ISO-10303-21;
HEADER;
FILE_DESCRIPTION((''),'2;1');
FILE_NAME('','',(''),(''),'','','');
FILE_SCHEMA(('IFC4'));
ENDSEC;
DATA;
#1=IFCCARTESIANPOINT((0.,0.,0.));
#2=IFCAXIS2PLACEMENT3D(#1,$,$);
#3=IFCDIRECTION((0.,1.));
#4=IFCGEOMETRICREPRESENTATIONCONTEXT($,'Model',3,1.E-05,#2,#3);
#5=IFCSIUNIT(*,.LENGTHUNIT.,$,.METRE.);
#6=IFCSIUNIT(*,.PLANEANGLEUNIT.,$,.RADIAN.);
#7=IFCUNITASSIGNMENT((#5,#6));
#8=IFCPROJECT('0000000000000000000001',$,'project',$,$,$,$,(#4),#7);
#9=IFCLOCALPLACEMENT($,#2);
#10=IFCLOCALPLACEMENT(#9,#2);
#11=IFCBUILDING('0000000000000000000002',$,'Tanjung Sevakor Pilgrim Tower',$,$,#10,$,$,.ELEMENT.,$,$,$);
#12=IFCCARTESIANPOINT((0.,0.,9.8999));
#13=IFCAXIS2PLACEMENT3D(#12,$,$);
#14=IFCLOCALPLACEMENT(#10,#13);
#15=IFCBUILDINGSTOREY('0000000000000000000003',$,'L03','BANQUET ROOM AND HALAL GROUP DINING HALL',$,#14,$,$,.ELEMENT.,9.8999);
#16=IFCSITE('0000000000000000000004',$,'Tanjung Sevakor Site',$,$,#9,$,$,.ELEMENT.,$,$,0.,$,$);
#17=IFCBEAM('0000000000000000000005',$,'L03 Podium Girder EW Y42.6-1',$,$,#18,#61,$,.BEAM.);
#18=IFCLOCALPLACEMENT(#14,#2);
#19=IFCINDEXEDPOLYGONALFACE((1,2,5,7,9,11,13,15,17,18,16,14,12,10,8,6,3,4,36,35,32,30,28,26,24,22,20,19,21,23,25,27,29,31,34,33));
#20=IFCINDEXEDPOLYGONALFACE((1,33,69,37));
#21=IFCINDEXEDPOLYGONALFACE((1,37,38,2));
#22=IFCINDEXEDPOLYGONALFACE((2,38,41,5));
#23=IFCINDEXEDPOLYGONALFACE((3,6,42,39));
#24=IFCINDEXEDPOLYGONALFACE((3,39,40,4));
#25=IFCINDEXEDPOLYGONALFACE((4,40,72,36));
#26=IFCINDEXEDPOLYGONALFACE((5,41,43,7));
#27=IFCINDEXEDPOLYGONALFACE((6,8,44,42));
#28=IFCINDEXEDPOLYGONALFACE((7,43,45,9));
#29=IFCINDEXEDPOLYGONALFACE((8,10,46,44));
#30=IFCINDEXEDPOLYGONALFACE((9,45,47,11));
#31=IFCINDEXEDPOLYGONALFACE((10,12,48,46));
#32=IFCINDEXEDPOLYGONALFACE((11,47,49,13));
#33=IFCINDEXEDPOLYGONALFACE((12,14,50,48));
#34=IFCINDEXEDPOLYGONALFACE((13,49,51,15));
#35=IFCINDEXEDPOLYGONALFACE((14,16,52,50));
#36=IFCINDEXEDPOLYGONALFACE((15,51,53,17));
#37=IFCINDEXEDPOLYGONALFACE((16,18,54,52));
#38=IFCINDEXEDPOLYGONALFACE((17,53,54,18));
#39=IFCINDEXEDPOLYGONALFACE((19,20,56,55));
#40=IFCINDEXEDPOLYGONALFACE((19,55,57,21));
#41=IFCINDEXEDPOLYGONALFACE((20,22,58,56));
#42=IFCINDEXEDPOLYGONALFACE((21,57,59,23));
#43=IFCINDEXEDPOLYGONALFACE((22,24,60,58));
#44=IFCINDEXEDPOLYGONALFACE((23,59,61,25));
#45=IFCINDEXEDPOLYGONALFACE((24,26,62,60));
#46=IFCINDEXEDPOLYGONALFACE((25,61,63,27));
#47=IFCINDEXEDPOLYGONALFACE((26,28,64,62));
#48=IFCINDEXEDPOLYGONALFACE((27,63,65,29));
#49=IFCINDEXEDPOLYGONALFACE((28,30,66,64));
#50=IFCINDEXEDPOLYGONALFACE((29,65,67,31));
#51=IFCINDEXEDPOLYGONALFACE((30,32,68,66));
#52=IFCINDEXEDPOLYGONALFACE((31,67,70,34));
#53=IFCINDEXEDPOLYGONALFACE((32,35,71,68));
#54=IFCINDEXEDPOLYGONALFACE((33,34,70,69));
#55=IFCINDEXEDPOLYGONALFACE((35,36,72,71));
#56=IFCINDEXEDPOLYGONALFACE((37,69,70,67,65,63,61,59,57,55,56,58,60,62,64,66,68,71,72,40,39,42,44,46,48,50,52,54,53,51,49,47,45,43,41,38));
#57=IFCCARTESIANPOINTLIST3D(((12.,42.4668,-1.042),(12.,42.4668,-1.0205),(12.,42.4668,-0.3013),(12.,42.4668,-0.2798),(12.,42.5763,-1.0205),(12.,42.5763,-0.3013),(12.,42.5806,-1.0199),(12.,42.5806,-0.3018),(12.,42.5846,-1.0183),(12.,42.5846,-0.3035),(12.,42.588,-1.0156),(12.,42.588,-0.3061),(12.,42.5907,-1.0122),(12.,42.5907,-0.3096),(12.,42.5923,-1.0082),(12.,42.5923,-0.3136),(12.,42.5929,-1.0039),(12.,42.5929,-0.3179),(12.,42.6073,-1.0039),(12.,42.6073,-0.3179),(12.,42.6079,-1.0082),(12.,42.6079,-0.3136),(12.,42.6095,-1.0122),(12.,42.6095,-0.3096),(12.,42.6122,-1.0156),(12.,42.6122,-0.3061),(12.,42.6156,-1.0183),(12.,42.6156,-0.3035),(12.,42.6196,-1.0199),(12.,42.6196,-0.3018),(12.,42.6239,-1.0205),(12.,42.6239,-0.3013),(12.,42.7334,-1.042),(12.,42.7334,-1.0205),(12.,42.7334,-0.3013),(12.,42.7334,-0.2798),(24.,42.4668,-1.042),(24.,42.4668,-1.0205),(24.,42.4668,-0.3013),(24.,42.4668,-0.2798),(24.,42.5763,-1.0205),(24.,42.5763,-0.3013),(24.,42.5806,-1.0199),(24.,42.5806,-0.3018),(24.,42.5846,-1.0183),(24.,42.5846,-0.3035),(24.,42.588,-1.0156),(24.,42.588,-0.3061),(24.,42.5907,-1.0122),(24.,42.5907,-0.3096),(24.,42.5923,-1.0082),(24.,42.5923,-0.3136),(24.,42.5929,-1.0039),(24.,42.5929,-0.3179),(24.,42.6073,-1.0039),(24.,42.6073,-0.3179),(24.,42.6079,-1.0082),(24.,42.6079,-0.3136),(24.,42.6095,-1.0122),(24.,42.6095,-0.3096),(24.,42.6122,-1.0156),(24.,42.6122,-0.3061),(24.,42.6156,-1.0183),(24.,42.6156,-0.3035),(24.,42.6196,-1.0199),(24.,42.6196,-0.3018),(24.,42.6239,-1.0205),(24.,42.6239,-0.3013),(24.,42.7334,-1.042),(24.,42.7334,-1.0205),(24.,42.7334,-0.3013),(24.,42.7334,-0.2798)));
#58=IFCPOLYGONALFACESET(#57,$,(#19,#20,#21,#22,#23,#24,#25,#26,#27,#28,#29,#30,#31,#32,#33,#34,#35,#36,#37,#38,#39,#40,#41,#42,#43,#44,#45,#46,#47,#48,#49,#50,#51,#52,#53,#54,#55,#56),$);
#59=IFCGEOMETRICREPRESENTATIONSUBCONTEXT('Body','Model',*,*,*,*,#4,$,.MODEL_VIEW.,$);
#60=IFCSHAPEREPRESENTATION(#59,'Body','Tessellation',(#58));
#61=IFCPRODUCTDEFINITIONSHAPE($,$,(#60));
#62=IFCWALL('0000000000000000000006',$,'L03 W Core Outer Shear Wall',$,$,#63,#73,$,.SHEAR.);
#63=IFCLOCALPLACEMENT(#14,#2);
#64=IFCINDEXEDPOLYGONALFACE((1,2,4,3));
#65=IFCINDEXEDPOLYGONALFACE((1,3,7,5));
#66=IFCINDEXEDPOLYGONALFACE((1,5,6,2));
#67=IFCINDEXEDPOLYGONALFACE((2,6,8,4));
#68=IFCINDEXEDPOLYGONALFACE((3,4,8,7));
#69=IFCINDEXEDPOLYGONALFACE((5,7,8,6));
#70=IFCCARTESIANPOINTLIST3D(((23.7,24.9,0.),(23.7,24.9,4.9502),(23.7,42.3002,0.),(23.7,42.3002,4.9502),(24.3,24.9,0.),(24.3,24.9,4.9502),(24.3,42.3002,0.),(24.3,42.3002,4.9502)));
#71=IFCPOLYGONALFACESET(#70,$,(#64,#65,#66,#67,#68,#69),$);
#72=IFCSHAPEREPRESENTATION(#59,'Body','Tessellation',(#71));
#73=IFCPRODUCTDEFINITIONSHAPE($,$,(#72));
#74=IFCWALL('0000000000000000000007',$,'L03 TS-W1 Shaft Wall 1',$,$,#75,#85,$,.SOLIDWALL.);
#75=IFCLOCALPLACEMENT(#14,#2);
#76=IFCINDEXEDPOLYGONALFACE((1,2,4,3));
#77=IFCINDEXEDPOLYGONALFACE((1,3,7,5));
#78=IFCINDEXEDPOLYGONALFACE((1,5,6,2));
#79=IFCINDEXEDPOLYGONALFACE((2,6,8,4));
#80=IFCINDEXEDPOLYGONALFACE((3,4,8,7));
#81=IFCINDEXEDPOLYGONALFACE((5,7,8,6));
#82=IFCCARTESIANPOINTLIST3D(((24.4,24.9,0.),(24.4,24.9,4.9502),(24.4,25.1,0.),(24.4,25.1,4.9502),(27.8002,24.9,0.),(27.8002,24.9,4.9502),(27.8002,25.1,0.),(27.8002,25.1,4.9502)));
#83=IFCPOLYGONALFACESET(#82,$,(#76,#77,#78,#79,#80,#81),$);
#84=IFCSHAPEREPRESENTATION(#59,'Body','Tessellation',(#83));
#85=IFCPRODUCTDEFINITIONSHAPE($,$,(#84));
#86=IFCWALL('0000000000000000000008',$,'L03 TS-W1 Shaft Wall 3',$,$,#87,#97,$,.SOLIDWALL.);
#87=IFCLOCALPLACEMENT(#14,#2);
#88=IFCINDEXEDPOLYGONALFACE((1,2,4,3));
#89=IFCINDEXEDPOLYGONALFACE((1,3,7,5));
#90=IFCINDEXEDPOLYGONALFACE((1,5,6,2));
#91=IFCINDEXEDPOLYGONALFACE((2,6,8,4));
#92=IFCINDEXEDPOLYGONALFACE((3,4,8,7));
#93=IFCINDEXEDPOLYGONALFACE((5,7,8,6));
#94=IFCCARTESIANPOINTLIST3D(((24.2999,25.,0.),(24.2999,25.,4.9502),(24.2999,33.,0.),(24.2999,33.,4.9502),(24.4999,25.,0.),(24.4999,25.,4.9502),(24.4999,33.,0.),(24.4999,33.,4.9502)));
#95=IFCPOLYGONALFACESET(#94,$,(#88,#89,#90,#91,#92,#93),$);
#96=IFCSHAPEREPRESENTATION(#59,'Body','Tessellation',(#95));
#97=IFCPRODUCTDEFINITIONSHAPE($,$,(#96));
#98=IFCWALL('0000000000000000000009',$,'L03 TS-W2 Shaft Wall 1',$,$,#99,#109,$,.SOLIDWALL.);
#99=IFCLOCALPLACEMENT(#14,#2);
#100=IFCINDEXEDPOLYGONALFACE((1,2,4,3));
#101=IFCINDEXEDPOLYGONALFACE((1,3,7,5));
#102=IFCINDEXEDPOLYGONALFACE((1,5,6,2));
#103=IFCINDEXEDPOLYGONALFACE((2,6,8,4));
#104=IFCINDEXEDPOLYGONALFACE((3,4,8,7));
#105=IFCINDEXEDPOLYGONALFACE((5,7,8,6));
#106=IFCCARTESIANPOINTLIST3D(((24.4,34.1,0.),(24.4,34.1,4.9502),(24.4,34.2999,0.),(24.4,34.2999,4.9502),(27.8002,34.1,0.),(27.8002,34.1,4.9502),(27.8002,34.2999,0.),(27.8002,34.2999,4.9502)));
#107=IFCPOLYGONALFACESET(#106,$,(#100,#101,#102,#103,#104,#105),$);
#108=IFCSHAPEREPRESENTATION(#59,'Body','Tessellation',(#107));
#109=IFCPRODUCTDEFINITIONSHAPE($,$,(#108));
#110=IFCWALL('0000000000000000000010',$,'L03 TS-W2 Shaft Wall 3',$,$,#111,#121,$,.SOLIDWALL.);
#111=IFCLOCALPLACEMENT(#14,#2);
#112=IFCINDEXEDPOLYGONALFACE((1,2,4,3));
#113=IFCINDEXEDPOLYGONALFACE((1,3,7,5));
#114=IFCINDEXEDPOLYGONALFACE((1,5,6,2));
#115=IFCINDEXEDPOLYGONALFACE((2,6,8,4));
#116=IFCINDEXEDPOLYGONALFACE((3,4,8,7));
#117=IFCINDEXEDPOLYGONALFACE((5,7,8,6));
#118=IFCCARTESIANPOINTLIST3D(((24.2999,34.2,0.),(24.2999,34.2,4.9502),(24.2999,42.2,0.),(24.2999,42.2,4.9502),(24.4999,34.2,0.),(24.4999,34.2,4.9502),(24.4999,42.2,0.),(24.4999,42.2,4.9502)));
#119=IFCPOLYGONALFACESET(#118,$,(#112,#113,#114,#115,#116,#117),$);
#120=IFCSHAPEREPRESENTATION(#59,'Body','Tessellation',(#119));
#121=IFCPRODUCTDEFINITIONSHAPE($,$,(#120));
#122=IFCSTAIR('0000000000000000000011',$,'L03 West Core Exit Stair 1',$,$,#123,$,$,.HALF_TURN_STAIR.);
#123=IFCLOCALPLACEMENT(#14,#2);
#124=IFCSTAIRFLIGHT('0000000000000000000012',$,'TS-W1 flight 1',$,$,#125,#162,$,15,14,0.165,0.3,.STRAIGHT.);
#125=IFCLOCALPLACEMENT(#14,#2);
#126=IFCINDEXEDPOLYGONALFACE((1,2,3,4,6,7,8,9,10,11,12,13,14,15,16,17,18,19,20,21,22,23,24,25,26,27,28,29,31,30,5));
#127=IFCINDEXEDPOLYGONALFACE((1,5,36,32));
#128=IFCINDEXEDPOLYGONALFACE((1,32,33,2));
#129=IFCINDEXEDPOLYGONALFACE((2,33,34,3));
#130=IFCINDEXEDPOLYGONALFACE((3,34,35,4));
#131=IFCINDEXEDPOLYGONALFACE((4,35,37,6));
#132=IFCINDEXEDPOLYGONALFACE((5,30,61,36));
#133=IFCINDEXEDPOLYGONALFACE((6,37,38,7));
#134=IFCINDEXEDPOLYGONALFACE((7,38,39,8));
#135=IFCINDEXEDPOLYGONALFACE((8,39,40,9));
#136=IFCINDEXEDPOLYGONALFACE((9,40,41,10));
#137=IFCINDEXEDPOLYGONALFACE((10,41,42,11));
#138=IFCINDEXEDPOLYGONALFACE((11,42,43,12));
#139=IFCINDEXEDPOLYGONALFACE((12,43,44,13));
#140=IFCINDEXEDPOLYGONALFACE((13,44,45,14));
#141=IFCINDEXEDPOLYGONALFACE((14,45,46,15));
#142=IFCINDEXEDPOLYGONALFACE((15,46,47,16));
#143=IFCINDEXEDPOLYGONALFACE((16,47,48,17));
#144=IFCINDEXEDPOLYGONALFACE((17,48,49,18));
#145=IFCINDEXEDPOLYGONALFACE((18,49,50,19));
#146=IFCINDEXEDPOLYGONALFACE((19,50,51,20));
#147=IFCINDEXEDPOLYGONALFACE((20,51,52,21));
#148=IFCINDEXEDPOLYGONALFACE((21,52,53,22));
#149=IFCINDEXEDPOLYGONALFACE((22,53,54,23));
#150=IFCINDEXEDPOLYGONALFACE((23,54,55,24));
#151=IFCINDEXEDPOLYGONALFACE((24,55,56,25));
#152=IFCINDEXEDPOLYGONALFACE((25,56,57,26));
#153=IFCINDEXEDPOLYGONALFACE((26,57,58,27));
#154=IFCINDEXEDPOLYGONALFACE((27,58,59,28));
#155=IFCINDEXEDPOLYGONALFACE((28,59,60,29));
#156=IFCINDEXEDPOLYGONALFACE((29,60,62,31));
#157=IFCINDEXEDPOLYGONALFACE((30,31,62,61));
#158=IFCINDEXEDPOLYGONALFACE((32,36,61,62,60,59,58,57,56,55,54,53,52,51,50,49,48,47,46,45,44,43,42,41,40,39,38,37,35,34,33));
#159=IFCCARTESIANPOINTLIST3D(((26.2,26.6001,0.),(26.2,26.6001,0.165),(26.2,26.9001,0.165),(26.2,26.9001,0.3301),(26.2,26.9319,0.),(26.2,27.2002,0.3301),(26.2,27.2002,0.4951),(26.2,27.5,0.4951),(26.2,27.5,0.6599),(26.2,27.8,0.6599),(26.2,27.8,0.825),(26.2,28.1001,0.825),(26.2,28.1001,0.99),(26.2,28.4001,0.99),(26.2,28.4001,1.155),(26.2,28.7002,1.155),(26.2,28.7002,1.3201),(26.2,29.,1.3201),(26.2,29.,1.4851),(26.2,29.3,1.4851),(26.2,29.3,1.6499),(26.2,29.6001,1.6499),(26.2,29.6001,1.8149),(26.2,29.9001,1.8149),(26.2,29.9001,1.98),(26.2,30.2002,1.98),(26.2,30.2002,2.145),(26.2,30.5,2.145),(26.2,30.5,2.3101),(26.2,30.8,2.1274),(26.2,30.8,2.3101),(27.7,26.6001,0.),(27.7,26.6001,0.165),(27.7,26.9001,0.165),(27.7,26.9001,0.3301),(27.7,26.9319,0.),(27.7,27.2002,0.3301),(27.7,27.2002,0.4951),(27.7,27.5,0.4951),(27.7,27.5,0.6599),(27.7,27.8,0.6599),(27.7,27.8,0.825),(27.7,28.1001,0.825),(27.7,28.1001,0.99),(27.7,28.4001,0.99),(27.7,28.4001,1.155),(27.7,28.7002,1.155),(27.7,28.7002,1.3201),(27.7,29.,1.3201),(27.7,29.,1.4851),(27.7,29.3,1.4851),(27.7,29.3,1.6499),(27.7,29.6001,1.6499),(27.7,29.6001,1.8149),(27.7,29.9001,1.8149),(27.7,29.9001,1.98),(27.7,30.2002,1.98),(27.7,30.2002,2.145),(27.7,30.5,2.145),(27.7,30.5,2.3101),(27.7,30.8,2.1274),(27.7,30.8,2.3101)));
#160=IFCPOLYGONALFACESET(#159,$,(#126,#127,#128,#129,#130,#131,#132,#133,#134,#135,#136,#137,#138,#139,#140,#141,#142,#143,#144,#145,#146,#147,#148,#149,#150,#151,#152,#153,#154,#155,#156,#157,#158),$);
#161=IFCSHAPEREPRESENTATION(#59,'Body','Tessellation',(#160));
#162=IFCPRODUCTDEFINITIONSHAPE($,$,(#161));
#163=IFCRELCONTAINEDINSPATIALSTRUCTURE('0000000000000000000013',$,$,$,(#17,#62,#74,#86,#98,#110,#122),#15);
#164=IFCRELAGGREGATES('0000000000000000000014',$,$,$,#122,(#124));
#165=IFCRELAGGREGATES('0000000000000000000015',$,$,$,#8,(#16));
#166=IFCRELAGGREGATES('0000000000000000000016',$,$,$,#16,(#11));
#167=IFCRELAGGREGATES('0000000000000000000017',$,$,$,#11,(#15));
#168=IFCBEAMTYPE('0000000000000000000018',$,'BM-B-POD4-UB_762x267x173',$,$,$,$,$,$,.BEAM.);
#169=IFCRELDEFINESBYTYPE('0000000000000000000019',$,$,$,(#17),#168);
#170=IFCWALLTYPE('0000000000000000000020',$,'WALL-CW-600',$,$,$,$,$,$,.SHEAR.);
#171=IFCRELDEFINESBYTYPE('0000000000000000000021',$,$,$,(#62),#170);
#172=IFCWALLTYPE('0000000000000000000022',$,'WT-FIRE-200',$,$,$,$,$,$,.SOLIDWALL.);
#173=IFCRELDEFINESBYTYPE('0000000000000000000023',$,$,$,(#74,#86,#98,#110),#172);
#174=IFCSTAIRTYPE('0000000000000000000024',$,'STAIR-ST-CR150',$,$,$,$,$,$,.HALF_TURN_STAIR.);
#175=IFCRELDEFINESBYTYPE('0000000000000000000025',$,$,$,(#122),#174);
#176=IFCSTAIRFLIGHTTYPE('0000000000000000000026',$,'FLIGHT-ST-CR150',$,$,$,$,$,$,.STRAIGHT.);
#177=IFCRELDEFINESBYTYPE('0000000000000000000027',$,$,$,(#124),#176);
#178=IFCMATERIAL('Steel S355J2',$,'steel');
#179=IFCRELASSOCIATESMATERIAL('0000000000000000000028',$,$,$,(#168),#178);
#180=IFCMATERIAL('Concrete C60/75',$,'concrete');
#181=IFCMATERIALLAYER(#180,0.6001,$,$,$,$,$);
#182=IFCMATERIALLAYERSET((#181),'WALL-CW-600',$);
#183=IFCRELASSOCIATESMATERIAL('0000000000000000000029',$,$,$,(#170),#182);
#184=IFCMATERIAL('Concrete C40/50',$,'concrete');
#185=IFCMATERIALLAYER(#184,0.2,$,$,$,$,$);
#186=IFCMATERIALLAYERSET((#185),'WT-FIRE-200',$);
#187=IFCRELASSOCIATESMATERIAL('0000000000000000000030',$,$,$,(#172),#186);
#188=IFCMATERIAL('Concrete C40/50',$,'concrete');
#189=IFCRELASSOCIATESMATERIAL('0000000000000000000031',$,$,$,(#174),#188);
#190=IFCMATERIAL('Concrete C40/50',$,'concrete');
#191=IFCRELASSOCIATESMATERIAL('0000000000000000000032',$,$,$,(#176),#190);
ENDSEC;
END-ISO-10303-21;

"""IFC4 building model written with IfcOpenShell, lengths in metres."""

from ifc_helpers import new_model, si_unit, direction, frame, frame_2d, origin, origin_2d, place, context, subcontext, project, spatial, polyline, rectangle, i_section, outline, extrude, material, layer, layer_set, material_profile, profile_set, type_object, element, aggregate, save


model = new_model("IFC4")

# Units and contexts
model_context = context("Model", 3, precision=1e-05, world=origin(), true_north=direction((0.0, 1.0)))
body_context = subcontext(model_context, "Body", "Model", "MODEL_VIEW")
ifc_project = project(units=[si_unit("LENGTHUNIT", "METRE"), si_unit("PLANEANGLEUNIT", "RADIAN")], contexts=[model_context])

# Site, building, storey
site_placement = place(None, origin())
site = spatial("IfcSite", under=ifc_project, at=site_placement, Name="Tanjung Sevakor Site", CompositionType="ELEMENT", RefElevation=0.0)
building_placement = place(site_placement, origin())
building = spatial("IfcBuilding", under=site, at=building_placement, Name="Tanjung Sevakor Pilgrim Tower", CompositionType="ELEMENT")
storey_placement = place(building_placement, frame((0.0, 0.0, 9.8999)))
storey = spatial("IfcBuildingStorey", under=building, at=storey_placement, Name="L03", Description="BANQUET ROOM AND HALAL GROUP DINING HALL", CompositionType="ELEMENT", Elevation=9.8999)

# Beam
ifc_material_1 = material(Name="Steel S355J2", Category="steel")
ifc_material_profile_1 = material_profile(ifc_material_1, i_section(OverallWidth=0.2666, OverallDepth=0.7622, WebThickness=0.0144, FlangeThickness=0.0215, FilletRadius=0.0166, at=origin_2d()))
ifc_profile_set_1 = profile_set([ifc_material_profile_1], Name="Steel S355J2")
beam_type_1 = type_object("IfcBeamType", Name="BM-B-POD4-UB_762x267x173", PredefinedType="BEAM", material=ifc_profile_set_1)
beam_1_placement = place(storey_placement, frame((12.0, 42.6001, -0.6609), z_axis=(1.0, 0.0, 0.0), x_axis=(0.0, 1.0, 0.0)))
element("IfcBeam", 1, at=beam_1_placement, inside=storey, type_object=beam_type_1, Name="L03 Podium Girder EW Y42.6-1", PredefinedType="BEAM", context=body_context, shape_type="SweptSolid", body=[
    extrude(i_section(OverallWidth=0.2666, OverallDepth=0.7622, WebThickness=0.0144, FlangeThickness=0.0215, FilletRadius=0.0166, at=origin_2d()), origin(), (0.0, 0.0, 1.0), 12.0),
])

# Walls
ifc_material_2 = material(Name="Concrete C60/75", Category="concrete")
ifc_layer_1 = layer(ifc_material_2, 0.6001)
ifc_layer_set_1 = layer_set([ifc_layer_1], Name="WALL-CW-600")
wall_type_1 = type_object("IfcWallType", Name="WALL-CW-600", PredefinedType="SHEAR", material=ifc_layer_set_1)
wall_1_placement = place(storey_placement, frame((24.0, 24.8999, 0.0), z_axis=(0.0, 0.0, 1.0), x_axis=(0.0, 1.0, 0.0)))
element("IfcWall", 2, at=wall_1_placement, inside=storey, type_object=wall_type_1, Name="L03 W Core Outer Shear Wall", PredefinedType="SHEAR", context=body_context, shape_type="SweptSolid", body=[
    extrude(rectangle(XDim=17.4001, YDim=0.6001, at=frame_2d((8.7002, 0.0))), origin(), (0.0, 0.0, 1.0), 4.9502),
])
ifc_material_3 = material(Name="Concrete C40/50", Category="concrete")
ifc_layer_2 = layer(ifc_material_3, 0.2)
ifc_layer_set_2 = layer_set([ifc_layer_2], Name="WT-FIRE-200")
wall_type_2 = type_object("IfcWallType", Name="WT-FIRE-200", PredefinedType="SOLIDWALL", material=ifc_layer_set_2)
wall_2_placement = place(storey_placement, frame((24.3999, 25.0, 0.0), z_axis=(0.0, 0.0, 1.0), x_axis=(1.0, 0.0, 0.0)))
element("IfcWall", 3, at=wall_2_placement, inside=storey, type_object=wall_type_2, Name="L03 TS-W1 Shaft Wall 1", PredefinedType="SOLIDWALL", context=body_context, shape_type="SweptSolid", body=[
    extrude(rectangle(XDim=3.4001, YDim=0.2, at=frame_2d((1.7002, 0.0))), origin(), (0.0, 0.0, 1.0), 4.9502),
])
wall_3_placement = place(storey_placement, frame((24.3999, 33.0, 0.0), z_axis=(0.0, 0.0, 1.0), x_axis=(0.0, -1.0, 0.0)))
element("IfcWall", 4, at=wall_3_placement, inside=storey, type_object=wall_type_2, Name="L03 TS-W1 Shaft Wall 3", PredefinedType="SOLIDWALL", context=body_context, shape_type="SweptSolid", body=[
    extrude(rectangle(XDim=8.0, YDim=0.2, at=frame_2d((4.0, 0.0))), origin(), (0.0, 0.0, 1.0), 4.9502),
])
wall_4_placement = place(storey_placement, frame((24.3999, 34.2, 0.0), z_axis=(0.0, 0.0, 1.0), x_axis=(1.0, 0.0, 0.0)))
element("IfcWall", 5, at=wall_4_placement, inside=storey, type_object=wall_type_2, Name="L03 TS-W2 Shaft Wall 1", PredefinedType="SOLIDWALL", context=body_context, shape_type="SweptSolid", body=[
    extrude(rectangle(XDim=3.4001, YDim=0.2, at=frame_2d((1.7002, 0.0))), origin(), (0.0, 0.0, 1.0), 4.9502),
])
wall_5_placement = place(storey_placement, frame((24.3999, 42.2, 0.0), z_axis=(0.0, 0.0, 1.0), x_axis=(0.0, -1.0, 0.0)))
element("IfcWall", 6, at=wall_5_placement, inside=storey, type_object=wall_type_2, Name="L03 TS-W2 Shaft Wall 3", PredefinedType="SOLIDWALL", context=body_context, shape_type="SweptSolid", body=[
    extrude(rectangle(XDim=8.0, YDim=0.2, at=frame_2d((4.0, 0.0))), origin(), (0.0, 0.0, 1.0), 4.9502),
])

# Stair, stair flight
ifc_material_4 = material(Name="Concrete C40/50", Category="concrete")
stair_type = type_object("IfcStairType", Name="STAIR-ST-CR150", PredefinedType="HALF_TURN_STAIR", material=ifc_material_4)
stair_1_placement = place(storey_placement, origin())
stair_1 = element("IfcStair", 7, at=stair_1_placement, inside=storey, type_object=stair_type, Name="L03 West Core Exit Stair 1", PredefinedType="HALF_TURN_STAIR")
ifc_material_5 = material(Name="Concrete C40/50", Category="concrete")
stair_flight_type = type_object("IfcStairFlightType", Name="FLIGHT-ST-CR150", PredefinedType="STRAIGHT", material=ifc_material_5)
stair_flight_1_placement = place(storey_placement, frame((26.95, 26.6001, 0.0), z_axis=(0.0, 0.0, 1.0), x_axis=(0.0, 1.0, 0.0)))
stair_flight_1 = element("IfcStairFlight", 8, at=stair_flight_1_placement, type_object=stair_flight_type, Name="TS-W1 flight 1", NumberOfRisers=15, NumberOfTreads=14, PredefinedType="STRAIGHT", RiserHeight=0.165, TreadLength=0.3, context=body_context, shape_type="SweptSolid", body=[
    extrude(outline(polyline([(0.0, 0.0), (0.0, 0.165), (0.3, 0.165), (0.3, 0.3301), (0.6001, 0.3301), (0.6001, 0.4951), (0.8999, 0.4951), (0.8999, 0.6599), (1.2, 0.6599), (1.2, 0.825), (1.5, 0.825), (1.5, 0.99), (1.8, 0.99), (1.8, 1.155), (2.1001, 1.155), (2.1001, 1.3201), (2.3999, 1.3201), (2.3999, 1.4851), (2.7, 1.4851), (2.7, 1.6499), (3.0, 1.6499), (3.0, 1.8149), (3.3, 1.8149), (3.3, 1.98), (3.6001, 1.98), (3.6001, 2.145), (3.8999, 2.145), (3.8999, 2.3101), (4.2, 2.3101), (4.2, 2.4751), (4.2, 2.1274), (0.3318, 0.0), (0.0, 0.0)])), frame((0.0, 0.75, 0.0), z_axis=(0.0, -1.0, 0.0), x_axis=(1.0, 0.0, 0.0)), (0.0, 0.0, 1.0), 1.5),
])
aggregate(stair_1, [stair_flight_1])

save(model, "model.ifc")
